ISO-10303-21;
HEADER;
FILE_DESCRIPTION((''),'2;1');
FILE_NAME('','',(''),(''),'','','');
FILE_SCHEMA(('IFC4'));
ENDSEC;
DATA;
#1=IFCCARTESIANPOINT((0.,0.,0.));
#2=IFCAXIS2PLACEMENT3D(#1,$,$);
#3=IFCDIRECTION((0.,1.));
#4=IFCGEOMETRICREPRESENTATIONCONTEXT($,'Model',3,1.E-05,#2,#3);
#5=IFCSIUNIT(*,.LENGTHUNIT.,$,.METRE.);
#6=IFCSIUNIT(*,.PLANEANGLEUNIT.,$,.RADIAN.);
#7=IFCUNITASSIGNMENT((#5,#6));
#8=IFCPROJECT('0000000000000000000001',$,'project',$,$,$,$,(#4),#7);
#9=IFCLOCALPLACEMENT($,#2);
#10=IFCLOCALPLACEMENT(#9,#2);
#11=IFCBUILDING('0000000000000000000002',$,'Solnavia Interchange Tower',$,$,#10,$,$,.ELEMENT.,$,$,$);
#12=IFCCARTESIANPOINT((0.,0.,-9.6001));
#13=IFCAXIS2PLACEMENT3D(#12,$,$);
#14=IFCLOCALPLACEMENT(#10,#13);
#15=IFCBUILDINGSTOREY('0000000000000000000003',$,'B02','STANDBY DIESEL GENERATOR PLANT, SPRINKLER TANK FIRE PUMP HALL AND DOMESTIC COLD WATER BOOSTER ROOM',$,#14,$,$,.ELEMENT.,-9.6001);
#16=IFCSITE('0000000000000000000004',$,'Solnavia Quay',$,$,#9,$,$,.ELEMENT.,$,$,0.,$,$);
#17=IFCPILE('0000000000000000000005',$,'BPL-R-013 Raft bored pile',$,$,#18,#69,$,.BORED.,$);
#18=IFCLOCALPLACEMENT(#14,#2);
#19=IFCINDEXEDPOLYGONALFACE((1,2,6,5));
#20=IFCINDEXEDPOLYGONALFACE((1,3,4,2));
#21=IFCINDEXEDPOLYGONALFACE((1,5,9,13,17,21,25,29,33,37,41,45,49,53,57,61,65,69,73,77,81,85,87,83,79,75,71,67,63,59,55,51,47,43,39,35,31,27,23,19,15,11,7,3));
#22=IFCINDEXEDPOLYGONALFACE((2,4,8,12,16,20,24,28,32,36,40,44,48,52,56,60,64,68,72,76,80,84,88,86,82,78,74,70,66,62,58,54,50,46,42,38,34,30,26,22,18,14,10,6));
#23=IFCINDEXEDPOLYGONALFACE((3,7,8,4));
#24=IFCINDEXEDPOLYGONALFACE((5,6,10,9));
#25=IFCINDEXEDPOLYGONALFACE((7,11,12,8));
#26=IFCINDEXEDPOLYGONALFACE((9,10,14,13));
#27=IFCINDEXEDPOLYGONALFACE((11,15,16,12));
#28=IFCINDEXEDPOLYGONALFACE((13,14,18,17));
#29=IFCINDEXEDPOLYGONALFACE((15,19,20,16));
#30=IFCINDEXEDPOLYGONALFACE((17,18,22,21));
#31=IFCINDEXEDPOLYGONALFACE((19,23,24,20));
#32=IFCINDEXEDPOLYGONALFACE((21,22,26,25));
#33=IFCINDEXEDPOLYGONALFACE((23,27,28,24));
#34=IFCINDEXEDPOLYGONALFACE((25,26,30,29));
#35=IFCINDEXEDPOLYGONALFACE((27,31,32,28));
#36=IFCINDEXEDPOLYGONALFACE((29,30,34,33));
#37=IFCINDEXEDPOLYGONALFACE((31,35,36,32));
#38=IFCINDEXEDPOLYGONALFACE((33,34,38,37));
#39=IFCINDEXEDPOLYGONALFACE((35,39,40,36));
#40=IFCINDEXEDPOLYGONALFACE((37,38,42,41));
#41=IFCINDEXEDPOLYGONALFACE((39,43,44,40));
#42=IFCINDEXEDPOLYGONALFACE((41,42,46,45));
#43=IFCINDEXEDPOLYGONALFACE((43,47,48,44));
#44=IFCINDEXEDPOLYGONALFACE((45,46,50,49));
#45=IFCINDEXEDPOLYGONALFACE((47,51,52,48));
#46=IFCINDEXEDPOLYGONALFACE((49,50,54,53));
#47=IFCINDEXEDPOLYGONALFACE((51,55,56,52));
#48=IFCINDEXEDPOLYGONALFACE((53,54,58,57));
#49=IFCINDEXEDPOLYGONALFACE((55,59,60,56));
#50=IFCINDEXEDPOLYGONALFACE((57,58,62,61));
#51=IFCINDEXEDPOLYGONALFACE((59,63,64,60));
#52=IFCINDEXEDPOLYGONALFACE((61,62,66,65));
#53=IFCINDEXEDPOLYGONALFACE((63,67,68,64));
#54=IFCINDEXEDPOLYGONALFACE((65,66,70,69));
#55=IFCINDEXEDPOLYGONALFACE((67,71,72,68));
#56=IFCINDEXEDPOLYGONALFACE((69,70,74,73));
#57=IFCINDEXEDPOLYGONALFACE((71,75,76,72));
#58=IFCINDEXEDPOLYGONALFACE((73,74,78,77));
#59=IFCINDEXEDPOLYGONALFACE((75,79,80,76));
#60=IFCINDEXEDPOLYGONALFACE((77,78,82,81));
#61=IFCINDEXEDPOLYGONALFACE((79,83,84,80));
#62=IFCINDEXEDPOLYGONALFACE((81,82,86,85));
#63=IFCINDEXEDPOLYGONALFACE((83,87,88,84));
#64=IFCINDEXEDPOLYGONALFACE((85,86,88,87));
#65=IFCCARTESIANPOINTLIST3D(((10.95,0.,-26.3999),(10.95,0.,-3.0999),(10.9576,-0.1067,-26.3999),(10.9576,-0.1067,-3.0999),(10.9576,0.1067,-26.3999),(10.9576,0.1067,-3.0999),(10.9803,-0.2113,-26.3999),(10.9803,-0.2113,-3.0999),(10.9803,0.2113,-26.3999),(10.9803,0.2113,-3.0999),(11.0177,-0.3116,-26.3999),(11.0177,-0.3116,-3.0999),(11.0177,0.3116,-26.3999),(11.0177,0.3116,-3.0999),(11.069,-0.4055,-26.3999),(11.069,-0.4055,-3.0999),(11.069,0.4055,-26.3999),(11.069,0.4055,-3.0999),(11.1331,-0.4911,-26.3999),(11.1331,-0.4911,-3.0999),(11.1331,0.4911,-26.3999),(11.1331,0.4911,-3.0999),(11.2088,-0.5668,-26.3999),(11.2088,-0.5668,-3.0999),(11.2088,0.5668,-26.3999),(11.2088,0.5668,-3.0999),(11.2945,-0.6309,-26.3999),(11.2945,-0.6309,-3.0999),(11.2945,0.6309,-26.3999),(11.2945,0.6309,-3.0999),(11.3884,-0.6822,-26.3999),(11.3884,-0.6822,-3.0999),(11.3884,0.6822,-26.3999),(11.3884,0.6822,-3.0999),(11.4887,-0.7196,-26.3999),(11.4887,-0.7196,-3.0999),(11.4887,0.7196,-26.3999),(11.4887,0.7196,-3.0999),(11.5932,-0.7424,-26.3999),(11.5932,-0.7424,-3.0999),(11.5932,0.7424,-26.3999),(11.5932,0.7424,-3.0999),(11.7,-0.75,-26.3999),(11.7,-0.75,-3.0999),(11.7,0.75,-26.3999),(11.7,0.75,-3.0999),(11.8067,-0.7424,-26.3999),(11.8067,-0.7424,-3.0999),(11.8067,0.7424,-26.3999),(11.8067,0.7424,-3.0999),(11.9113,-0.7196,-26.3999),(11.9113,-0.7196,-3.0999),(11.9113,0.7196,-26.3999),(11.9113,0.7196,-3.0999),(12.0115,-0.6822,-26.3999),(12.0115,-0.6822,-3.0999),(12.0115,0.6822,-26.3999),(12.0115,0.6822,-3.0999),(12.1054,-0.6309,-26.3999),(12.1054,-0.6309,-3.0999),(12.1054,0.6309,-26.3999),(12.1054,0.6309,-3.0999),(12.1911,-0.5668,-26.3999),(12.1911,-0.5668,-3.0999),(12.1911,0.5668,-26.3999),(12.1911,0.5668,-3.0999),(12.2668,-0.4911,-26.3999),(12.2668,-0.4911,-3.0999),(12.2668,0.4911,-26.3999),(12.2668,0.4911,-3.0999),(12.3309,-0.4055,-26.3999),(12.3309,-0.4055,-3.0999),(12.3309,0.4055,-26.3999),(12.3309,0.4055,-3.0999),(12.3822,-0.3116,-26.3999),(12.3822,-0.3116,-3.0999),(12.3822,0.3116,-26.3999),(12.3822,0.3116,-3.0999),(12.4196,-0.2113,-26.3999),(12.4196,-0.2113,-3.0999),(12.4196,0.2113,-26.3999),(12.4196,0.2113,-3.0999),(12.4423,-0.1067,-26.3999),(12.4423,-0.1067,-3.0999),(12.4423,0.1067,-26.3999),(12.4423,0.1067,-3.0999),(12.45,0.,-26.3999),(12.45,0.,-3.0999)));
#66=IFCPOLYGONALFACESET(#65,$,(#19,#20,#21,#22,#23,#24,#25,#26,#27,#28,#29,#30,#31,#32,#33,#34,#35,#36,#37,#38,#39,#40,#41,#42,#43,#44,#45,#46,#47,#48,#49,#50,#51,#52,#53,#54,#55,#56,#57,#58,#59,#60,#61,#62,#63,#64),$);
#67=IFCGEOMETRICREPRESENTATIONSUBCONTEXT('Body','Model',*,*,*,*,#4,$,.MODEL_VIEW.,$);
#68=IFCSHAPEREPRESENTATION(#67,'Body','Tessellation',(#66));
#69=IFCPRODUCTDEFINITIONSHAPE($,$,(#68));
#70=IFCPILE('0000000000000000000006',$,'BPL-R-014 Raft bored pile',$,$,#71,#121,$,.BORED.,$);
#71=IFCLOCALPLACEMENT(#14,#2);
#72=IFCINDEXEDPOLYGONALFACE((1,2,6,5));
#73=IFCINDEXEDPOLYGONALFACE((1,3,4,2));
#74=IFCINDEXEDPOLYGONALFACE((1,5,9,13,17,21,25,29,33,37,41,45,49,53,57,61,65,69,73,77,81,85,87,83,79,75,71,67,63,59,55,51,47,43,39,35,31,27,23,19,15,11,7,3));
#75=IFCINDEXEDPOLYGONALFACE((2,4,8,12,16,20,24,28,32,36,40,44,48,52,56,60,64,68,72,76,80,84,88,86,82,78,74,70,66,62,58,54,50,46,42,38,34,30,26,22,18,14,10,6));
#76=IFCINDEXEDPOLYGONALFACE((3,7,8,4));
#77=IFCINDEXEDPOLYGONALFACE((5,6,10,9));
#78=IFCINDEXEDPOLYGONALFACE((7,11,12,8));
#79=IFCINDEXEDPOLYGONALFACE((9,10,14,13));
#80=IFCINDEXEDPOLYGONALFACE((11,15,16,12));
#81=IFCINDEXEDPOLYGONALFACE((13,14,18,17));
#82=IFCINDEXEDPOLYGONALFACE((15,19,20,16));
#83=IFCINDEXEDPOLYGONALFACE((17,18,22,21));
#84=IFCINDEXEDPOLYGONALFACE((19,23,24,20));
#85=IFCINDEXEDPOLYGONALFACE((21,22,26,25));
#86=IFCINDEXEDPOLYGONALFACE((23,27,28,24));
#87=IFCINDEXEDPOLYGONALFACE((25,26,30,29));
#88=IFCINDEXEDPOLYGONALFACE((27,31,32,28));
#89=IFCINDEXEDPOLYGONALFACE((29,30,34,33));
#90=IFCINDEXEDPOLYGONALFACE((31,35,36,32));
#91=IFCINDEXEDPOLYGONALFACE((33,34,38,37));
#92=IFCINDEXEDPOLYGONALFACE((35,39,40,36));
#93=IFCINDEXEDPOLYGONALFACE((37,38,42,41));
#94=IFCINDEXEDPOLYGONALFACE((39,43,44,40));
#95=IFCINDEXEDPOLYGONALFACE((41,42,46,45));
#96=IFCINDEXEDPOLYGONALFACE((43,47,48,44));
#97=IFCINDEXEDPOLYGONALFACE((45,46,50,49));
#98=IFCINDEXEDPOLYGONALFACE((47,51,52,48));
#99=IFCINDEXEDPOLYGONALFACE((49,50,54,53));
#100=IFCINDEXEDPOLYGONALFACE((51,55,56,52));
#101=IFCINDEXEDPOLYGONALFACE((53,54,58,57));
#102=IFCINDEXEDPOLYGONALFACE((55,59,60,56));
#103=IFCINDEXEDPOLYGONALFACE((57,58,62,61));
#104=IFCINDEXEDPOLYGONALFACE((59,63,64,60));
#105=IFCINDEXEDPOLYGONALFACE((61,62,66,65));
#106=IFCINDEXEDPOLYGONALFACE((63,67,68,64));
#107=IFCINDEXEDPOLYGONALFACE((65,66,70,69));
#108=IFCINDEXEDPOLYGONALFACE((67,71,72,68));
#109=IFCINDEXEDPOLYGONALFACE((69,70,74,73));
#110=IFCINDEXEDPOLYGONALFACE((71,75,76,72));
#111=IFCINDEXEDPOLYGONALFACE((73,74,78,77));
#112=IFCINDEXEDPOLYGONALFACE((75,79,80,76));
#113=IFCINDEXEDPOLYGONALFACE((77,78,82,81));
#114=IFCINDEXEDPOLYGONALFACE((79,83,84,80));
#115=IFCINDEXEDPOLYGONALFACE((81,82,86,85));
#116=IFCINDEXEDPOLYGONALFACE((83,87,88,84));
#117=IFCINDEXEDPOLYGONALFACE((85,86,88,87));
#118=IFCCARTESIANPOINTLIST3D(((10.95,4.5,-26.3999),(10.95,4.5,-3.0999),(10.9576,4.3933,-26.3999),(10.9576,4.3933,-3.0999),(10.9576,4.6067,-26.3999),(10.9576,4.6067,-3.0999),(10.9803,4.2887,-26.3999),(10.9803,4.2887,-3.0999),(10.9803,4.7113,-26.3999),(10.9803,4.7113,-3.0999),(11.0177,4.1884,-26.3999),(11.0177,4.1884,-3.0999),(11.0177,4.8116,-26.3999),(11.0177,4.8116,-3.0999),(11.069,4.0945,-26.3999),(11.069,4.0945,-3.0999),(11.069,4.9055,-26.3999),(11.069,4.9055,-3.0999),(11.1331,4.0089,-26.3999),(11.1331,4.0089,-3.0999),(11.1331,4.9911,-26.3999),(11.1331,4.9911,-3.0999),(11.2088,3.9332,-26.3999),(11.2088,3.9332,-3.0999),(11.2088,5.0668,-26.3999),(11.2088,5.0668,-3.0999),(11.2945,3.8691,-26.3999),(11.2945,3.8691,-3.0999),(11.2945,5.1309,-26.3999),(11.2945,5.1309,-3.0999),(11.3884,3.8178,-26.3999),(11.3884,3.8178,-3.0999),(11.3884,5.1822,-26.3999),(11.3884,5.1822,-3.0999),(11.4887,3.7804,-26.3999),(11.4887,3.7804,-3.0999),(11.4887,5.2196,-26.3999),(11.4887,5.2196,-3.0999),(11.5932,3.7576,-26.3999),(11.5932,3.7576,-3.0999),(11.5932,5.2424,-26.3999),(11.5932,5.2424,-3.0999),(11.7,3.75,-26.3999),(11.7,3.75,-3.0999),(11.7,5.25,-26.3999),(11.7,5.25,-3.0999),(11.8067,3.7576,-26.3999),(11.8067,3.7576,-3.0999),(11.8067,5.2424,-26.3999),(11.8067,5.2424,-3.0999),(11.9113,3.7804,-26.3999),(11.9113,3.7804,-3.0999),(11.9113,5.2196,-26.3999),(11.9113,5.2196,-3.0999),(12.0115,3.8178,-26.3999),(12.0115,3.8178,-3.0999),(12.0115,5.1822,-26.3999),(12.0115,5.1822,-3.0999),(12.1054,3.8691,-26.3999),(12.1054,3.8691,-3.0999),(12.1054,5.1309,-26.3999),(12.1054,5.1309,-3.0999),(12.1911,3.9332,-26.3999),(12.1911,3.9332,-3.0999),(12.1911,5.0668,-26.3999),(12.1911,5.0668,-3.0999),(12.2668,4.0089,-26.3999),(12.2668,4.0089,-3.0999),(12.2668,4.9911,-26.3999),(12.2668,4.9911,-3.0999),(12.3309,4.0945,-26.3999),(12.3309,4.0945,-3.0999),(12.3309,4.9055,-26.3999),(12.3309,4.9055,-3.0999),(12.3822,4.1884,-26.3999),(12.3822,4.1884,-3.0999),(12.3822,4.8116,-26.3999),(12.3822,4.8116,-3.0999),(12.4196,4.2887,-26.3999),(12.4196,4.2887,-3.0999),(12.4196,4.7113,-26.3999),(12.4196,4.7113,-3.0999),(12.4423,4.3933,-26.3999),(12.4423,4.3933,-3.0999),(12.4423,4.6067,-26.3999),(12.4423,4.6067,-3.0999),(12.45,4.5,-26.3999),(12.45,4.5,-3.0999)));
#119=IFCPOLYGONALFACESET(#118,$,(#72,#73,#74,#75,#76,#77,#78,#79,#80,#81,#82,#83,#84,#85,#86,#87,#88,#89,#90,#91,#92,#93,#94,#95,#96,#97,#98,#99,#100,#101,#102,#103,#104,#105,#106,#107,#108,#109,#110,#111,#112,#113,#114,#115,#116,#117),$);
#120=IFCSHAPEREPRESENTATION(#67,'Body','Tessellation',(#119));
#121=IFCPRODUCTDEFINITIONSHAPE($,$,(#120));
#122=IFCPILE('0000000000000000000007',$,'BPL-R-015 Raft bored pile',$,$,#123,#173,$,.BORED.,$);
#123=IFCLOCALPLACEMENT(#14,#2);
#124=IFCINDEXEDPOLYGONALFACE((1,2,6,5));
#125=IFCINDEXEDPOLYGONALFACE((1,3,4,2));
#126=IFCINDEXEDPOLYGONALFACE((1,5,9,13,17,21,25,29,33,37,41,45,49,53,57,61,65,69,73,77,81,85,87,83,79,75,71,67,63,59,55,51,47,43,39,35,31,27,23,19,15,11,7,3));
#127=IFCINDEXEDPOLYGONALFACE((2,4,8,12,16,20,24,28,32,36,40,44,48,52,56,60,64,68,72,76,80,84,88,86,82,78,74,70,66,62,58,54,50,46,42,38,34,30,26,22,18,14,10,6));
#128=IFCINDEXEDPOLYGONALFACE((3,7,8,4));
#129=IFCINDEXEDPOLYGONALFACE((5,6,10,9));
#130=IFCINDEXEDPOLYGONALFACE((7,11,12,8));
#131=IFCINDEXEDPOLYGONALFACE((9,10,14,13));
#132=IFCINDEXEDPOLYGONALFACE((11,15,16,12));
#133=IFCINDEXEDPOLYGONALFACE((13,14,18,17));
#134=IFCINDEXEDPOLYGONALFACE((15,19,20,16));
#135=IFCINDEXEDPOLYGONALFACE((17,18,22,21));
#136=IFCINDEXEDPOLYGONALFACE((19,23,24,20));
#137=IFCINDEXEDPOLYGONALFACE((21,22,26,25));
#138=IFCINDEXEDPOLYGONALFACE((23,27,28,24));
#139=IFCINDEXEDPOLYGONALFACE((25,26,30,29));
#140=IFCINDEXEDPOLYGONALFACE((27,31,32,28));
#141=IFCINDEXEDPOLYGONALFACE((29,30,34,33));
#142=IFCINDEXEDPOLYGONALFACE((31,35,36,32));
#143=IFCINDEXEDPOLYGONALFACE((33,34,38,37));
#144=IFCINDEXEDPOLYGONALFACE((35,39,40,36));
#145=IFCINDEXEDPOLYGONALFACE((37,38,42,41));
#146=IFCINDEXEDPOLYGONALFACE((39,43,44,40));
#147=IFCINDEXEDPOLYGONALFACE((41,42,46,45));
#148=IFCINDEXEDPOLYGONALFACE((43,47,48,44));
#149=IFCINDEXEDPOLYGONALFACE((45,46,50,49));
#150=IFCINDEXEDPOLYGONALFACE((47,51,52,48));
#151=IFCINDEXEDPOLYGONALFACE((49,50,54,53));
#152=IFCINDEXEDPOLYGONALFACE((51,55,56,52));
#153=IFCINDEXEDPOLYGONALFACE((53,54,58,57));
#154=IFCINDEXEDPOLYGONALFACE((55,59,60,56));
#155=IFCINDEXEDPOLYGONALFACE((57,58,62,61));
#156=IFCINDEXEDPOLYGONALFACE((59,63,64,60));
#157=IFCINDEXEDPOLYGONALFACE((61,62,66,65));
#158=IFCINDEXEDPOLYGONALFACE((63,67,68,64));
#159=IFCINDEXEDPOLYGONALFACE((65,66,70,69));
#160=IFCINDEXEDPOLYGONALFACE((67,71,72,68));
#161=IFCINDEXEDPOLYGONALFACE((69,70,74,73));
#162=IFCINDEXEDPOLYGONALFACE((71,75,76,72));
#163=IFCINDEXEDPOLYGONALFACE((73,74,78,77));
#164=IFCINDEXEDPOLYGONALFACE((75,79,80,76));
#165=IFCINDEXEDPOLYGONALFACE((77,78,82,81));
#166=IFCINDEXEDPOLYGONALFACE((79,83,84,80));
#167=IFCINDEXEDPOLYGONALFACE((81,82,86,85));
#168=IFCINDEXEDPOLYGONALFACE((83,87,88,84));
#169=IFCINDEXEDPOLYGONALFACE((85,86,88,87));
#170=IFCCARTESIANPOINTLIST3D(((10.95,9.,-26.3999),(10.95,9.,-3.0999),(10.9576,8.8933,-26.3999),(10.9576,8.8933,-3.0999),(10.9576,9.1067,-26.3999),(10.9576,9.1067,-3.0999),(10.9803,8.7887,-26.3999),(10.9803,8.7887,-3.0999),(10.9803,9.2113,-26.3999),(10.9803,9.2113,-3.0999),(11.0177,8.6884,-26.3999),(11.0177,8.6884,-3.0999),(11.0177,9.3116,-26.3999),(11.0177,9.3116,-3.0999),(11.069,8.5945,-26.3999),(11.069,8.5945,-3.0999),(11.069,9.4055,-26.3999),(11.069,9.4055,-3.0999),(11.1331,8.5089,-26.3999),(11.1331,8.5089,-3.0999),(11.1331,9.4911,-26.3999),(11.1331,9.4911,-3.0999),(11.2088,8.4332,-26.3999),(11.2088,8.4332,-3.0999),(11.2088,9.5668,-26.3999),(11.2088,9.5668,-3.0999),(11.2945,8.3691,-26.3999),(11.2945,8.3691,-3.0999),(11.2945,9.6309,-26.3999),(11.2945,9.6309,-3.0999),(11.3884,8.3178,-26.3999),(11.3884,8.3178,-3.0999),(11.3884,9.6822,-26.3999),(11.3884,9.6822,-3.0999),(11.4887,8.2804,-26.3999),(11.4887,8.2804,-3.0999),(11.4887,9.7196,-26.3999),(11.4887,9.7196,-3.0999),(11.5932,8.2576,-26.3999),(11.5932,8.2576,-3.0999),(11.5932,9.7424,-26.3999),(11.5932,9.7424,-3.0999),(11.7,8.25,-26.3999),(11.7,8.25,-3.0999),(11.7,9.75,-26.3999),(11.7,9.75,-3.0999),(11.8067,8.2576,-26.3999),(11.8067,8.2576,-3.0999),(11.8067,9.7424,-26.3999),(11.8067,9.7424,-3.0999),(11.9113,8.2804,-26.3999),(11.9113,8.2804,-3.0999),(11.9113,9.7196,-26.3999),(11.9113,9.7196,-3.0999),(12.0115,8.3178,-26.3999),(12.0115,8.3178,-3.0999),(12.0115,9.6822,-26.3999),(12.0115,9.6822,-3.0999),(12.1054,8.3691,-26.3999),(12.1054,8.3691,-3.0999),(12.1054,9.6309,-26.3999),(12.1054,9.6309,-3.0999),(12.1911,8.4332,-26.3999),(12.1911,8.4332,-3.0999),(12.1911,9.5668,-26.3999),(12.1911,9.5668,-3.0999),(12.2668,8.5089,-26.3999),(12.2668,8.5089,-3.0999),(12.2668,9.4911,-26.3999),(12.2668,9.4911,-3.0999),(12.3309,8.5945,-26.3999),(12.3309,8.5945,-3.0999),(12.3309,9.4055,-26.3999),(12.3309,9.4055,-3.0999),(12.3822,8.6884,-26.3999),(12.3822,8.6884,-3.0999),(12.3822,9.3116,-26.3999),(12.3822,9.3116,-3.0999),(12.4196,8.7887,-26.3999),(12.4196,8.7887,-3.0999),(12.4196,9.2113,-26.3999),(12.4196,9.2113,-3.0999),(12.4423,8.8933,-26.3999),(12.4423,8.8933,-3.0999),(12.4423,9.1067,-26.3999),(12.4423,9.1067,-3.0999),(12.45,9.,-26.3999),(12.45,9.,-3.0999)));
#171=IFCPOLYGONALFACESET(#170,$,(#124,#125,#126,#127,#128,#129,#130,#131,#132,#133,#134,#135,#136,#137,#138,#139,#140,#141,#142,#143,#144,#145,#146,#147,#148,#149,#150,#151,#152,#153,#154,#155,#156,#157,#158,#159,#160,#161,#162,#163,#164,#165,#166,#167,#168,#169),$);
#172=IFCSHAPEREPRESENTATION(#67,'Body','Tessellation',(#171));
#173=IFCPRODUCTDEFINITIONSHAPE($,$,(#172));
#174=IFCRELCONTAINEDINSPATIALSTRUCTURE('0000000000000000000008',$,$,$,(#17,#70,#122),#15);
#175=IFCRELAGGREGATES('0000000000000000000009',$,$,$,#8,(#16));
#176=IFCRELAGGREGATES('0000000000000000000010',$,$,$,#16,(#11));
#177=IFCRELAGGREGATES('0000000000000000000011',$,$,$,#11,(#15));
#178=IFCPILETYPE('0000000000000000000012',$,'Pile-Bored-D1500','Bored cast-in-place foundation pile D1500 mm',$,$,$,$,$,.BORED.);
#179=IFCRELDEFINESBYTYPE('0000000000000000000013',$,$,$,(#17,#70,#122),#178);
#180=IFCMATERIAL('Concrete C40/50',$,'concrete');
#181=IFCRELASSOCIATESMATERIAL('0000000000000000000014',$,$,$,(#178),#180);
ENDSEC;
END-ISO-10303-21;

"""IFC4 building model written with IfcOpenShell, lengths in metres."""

from ifc_helpers import new_model, si_unit, direction, frame, origin, origin_2d, place, context, subcontext, project, spatial, circle, extrude, material, material_profile, profile_set, type_object, element, save


model = new_model("IFC4")

# Units and contexts
model_context = context("Model", 3, precision=1e-05, world=origin(), true_north=direction((0.0, 1.0)))
body_context = subcontext(model_context, "Body", "Model", "MODEL_VIEW")
ifc_project = project(units=[si_unit("LENGTHUNIT", "METRE"), si_unit("PLANEANGLEUNIT", "RADIAN")], contexts=[model_context])

# Site, building, storey
site_placement = place(None, origin())
site = spatial("IfcSite", under=ifc_project, at=site_placement, Name="Solnavia Quay", CompositionType="ELEMENT", RefElevation=0.0)
building_placement = place(site_placement, origin())
building = spatial("IfcBuilding", under=site, at=building_placement, Name="Solnavia Interchange Tower", CompositionType="ELEMENT")
storey_placement = place(building_placement, frame((0.0, 0.0, -9.6001)))
storey = spatial("IfcBuildingStorey", under=building, at=storey_placement, Name="B02", Description="STANDBY DIESEL GENERATOR PLANT, SPRINKLER TANK FIRE PUMP HALL AND DOMESTIC COLD WATER BOOSTER ROOM", CompositionType="ELEMENT", Elevation=-9.6001)

# Shared definitions
ifc_material_1 = material(Name="Concrete C40/50", Category="concrete")

# Piles
ifc_material_profile_1 = material_profile(ifc_material_1, circle(Radius=0.75, at=origin_2d()), Name="PILE D1500")
ifc_profile_set_1 = profile_set([ifc_material_profile_1], Name="Concrete C40/50")
pile_type_1 = type_object("IfcPileType", Name="Pile-Bored-D1500", Description="Bored cast-in-place foundation pile D1500 mm", PredefinedType="BORED", material=ifc_profile_set_1)
for number, where, z_axis, x_axis, name in (
    (1, (11.7, 0.0, -3.0999), (0.0, 0.0, -1.0), (1.0, 0.0, 0.0), "BPL-R-013 Raft bored pile"),
    (2, (11.7, 4.5, -3.0999), (0.0, 0.0, -1.0), (1.0, 0.0, 0.0), "BPL-R-014 Raft bored pile"),
    (3, (11.7, 9.0, -3.0999), (0.0, 0.0, -1.0), (1.0, 0.0, 0.0), "BPL-R-015 Raft bored pile"),
):
    element("IfcPile", number, at=place(storey_placement, frame(where, z_axis=z_axis, x_axis=x_axis)), inside=storey, type_object=pile_type_1, Name=name, PredefinedType="BORED", context=body_context, shape_type="SweptSolid", body=[
        extrude(circle(Radius=0.75, at=origin_2d()), origin(), (0.0, 0.0, 1.0), 23.3),
    ])

save(model, "model.ifc")
